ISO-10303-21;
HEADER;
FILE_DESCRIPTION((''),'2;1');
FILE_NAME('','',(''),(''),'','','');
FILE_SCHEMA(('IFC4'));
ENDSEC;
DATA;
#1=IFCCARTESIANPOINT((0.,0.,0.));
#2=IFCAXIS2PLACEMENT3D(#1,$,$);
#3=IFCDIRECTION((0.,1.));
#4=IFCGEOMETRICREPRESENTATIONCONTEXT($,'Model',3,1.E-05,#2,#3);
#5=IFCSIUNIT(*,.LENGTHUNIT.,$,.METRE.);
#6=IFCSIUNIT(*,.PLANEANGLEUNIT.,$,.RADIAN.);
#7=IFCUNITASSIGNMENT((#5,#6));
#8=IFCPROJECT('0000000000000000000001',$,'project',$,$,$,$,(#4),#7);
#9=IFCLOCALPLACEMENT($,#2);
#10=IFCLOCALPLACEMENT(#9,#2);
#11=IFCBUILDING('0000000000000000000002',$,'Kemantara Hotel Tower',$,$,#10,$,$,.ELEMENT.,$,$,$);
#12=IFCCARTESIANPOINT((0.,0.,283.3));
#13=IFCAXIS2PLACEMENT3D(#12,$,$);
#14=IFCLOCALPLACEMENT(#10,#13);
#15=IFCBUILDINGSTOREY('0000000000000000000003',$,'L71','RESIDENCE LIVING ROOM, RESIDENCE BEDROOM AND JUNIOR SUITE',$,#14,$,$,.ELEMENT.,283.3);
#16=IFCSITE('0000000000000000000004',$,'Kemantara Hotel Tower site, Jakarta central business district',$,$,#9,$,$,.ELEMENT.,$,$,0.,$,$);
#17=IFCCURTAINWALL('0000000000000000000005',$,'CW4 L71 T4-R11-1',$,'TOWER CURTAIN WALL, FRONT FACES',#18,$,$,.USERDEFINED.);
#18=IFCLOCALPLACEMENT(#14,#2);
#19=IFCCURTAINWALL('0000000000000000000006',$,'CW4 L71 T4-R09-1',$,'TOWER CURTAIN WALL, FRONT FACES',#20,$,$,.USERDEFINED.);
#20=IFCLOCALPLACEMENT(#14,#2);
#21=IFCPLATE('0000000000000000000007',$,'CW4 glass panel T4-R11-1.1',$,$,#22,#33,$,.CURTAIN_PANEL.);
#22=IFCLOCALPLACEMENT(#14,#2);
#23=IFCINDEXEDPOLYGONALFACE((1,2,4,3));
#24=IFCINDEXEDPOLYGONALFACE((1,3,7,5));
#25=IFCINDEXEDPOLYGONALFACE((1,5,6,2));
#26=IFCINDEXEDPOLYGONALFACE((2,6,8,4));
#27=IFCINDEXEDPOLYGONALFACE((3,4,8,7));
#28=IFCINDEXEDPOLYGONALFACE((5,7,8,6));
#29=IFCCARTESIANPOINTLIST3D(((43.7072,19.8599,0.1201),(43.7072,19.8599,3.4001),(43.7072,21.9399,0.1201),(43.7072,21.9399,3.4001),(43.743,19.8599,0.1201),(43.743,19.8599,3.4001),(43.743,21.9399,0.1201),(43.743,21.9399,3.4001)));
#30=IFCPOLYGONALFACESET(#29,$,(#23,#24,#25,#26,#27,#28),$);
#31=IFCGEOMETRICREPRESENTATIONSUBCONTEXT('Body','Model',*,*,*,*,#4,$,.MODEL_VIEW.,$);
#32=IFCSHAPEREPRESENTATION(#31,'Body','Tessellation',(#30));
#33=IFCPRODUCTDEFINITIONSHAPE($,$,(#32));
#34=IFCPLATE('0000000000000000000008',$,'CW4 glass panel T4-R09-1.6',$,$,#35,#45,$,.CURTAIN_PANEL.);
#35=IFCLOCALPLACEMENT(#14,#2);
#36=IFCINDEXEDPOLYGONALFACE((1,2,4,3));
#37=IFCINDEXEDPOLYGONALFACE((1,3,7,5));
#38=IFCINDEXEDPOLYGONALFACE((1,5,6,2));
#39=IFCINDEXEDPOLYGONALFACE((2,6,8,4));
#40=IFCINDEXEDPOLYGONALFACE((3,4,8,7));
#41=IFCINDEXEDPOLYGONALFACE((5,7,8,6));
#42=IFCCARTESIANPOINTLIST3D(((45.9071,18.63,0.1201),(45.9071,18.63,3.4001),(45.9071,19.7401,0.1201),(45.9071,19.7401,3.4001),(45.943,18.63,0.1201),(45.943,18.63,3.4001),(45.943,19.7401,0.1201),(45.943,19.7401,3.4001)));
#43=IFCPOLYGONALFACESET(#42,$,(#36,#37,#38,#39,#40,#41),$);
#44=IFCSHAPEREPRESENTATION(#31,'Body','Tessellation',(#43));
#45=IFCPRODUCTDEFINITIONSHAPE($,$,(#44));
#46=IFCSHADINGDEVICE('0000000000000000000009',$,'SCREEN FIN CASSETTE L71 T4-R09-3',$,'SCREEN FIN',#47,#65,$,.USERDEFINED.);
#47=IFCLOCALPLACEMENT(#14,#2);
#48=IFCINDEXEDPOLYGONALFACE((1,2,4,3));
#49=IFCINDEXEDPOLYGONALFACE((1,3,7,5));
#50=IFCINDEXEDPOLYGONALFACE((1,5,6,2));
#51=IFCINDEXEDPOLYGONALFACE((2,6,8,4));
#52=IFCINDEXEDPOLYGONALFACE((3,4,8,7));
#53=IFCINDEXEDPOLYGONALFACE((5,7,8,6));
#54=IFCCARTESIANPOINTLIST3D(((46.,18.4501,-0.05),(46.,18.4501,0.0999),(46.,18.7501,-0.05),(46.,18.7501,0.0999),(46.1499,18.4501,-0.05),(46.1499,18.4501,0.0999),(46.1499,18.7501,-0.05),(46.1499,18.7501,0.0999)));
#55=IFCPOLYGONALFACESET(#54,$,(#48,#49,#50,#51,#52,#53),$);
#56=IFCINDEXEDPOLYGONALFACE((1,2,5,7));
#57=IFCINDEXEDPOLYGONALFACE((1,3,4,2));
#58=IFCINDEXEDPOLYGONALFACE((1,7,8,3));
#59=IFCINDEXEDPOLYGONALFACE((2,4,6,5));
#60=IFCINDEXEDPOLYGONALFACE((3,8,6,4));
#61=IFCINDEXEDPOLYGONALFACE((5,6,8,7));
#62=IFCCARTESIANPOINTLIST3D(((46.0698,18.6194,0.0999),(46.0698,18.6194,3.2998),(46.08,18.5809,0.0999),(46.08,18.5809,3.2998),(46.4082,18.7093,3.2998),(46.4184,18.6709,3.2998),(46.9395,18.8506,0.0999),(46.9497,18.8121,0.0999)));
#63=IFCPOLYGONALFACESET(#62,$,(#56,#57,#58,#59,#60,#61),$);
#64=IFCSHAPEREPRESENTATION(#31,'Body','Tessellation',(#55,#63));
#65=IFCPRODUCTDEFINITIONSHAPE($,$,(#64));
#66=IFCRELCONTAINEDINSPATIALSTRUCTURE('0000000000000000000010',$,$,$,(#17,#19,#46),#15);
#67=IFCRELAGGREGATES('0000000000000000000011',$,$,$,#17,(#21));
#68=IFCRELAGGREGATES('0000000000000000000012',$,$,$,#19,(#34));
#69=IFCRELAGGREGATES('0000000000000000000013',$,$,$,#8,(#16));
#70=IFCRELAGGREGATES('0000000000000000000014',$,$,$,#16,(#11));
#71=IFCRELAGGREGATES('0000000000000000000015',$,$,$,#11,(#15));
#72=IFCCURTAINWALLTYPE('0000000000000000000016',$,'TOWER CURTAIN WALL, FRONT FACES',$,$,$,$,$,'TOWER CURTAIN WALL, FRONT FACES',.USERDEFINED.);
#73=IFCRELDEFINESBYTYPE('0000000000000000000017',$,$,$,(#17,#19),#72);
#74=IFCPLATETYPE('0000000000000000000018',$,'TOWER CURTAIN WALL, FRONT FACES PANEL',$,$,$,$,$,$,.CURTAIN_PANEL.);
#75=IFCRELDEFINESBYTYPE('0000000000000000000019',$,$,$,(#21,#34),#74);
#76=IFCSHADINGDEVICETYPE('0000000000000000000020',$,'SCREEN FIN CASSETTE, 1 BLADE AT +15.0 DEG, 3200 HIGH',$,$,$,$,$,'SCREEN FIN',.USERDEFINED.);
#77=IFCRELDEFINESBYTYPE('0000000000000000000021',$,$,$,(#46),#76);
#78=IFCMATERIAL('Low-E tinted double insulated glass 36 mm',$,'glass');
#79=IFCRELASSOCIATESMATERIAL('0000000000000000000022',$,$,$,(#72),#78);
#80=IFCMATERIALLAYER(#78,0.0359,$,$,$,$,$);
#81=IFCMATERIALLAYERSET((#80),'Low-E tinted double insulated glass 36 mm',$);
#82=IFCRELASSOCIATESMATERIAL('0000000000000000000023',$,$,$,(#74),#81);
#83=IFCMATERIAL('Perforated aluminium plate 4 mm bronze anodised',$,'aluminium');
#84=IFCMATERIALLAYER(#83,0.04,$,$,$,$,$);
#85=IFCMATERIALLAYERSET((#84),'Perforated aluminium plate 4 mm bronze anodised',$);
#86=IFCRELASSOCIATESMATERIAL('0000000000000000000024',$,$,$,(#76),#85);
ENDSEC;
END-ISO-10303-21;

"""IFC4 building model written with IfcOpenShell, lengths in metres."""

from ifc_helpers import new_model, si_unit, direction, frame, origin, origin_2d, place, context, subcontext, project, spatial, polyline, rectangle, outline, extrude, source, transform, mapped, material, layer, layer_set, type_object, element, aggregate, save


model = new_model("IFC4")

# Units and contexts
model_context = context("Model", 3, precision=1e-05, world=origin(), true_north=direction((0.0, 1.0)))
body_context = subcontext(model_context, "Body", "Model", "MODEL_VIEW")
ifc_project = project(units=[si_unit("LENGTHUNIT", "METRE"), si_unit("PLANEANGLEUNIT", "RADIAN")], contexts=[model_context])

# Site, building, storey
site_placement = place(None, origin())
site = spatial("IfcSite", under=ifc_project, at=site_placement, Name="Kemantara Hotel Tower site, Jakarta central business district", CompositionType="ELEMENT", RefElevation=0.0)
building_placement = place(site_placement, origin())
building = spatial("IfcBuilding", under=site, at=building_placement, Name="Kemantara Hotel Tower", CompositionType="ELEMENT")
storey_placement = place(building_placement, frame((0.0, 0.0, 283.3)))
storey = spatial("IfcBuildingStorey", under=building, at=storey_placement, Name="L71", Description="RESIDENCE LIVING ROOM, RESIDENCE BEDROOM AND JUNIOR SUITE", CompositionType="ELEMENT", Elevation=283.3)

# Curtain wall
ifc_material_1 = material(Name="Low-E tinted double insulated glass 36 mm", Category="glass")
curtain_wall_type = type_object("IfcCurtainWallType", Name="TOWER CURTAIN WALL, FRONT FACES", ElementType="TOWER CURTAIN WALL, FRONT FACES", PredefinedType="USERDEFINED", material=ifc_material_1)
curtain_wall_1_placement = place(storey_placement, origin())
curtain_wall_1 = element("IfcCurtainWall", 1, at=curtain_wall_1_placement, inside=storey, type_object=curtain_wall_type, Name="CW4 L71 T4-R11-1", ObjectType="TOWER CURTAIN WALL, FRONT FACES", PredefinedType="USERDEFINED")

# Curtain wall
curtain_wall_2_placement = place(storey_placement, origin())
curtain_wall_2 = element("IfcCurtainWall", 2, at=curtain_wall_2_placement, inside=storey, type_object=curtain_wall_type, Name="CW4 L71 T4-R09-1", ObjectType="TOWER CURTAIN WALL, FRONT FACES", PredefinedType="USERDEFINED")

# Plates
ifc_layer_1 = layer(ifc_material_1, 0.0359)
ifc_layer_set_1 = layer_set([ifc_layer_1], Name="Low-E tinted double insulated glass 36 mm")
plate_type = type_object("IfcPlateType", Name="TOWER CURTAIN WALL, FRONT FACES PANEL", PredefinedType="CURTAIN_PANEL", material=ifc_layer_set_1)
shared_shape_1 = source(origin(), body_context, "Body", "SweptSolid", [
    extrude(rectangle(XDim=2.0801, YDim=0.0359, at=origin_2d()), origin(), (0.0, 0.0, 1.0), 3.28),
])
plate_1_placement = place(storey_placement, frame((43.7251, 20.8999, 0.1201), z_axis=(0.0, 0.0, 1.0), x_axis=(0.0, 1.0, 0.0)))
plate_1 = element("IfcPlate", 3, at=plate_1_placement, type_object=plate_type, Name="CW4 glass panel T4-R11-1.1", PredefinedType="CURTAIN_PANEL", context=body_context, shape_type="MappedRepresentation", body=[
    mapped(shared_shape_1, transform((0.0, 0.0, 0.0))),
])
aggregate(curtain_wall_1, [plate_1])
shared_shape_2 = source(origin(), body_context, "Body", "SweptSolid", [
    extrude(rectangle(XDim=1.1101, YDim=0.0359, at=origin_2d()), origin(), (0.0, 0.0, 1.0), 3.28),
])
plate_2_placement = place(storey_placement, frame((45.925, 19.1851, 0.1201), z_axis=(0.0, 0.0, 1.0), x_axis=(0.0, 1.0, 0.0)))
plate_2 = element("IfcPlate", 4, at=plate_2_placement, type_object=plate_type, Name="CW4 glass panel T4-R09-1.6", PredefinedType="CURTAIN_PANEL", context=body_context, shape_type="MappedRepresentation", body=[
    mapped(shared_shape_2, transform((0.0, 0.0, 0.0))),
])
aggregate(curtain_wall_2, [plate_2])

# Shading device
ifc_material_2 = material(Name="Perforated aluminium plate 4 mm bronze anodised", Category="aluminium")
ifc_layer_2 = layer(ifc_material_2, 0.04)
ifc_layer_set_2 = layer_set([ifc_layer_2], Name="Perforated aluminium plate 4 mm bronze anodised")
shading_device_type = type_object("IfcShadingDeviceType", Name="SCREEN FIN CASSETTE, 1 BLADE AT +15.0 DEG, 3200 HIGH", ElementType="SCREEN FIN", PredefinedType="USERDEFINED", material=ifc_layer_set_2)
shared_shape_3 = source(origin(), body_context, "Body", "SweptSolid", [
    extrude(rectangle(XDim=0.3, YDim=0.1499, at=origin_2d()), frame((0.0, -0.075, -0.1499), z_axis=(0.0, 0.0, 1.0), x_axis=(1.0, 0.0, 0.0)), (0.0, 0.0, 1.0), 0.1499),
    extrude(outline(polyline([(0.0, 0.0), (0.8999, 0.0), (0.3501, 3.2), (0.0, 3.2), (0.0, 0.0)])), frame((0.0193, -0.0698, 0.0), z_axis=(-0.966438, -0.256901, 0.0), x_axis=(0.256901, -0.966438, 0.0)), (0.0, 0.0, 1.0), 0.0398),
])
shading_device_placement = place(storey_placement, frame((46.0, 18.6001, 0.0999), z_axis=(0.0, 0.0, 1.0), x_axis=(0.0, 1.0, 0.0)))
element("IfcShadingDevice", 5, at=shading_device_placement, inside=storey, type_object=shading_device_type, Name="SCREEN FIN CASSETTE L71 T4-R09-3", ObjectType="SCREEN FIN", PredefinedType="USERDEFINED", context=body_context, shape_type="MappedRepresentation", body=[
    mapped(shared_shape_3, transform((0.0, 0.0, 0.0))),
])

save(model, "model.ifc")
